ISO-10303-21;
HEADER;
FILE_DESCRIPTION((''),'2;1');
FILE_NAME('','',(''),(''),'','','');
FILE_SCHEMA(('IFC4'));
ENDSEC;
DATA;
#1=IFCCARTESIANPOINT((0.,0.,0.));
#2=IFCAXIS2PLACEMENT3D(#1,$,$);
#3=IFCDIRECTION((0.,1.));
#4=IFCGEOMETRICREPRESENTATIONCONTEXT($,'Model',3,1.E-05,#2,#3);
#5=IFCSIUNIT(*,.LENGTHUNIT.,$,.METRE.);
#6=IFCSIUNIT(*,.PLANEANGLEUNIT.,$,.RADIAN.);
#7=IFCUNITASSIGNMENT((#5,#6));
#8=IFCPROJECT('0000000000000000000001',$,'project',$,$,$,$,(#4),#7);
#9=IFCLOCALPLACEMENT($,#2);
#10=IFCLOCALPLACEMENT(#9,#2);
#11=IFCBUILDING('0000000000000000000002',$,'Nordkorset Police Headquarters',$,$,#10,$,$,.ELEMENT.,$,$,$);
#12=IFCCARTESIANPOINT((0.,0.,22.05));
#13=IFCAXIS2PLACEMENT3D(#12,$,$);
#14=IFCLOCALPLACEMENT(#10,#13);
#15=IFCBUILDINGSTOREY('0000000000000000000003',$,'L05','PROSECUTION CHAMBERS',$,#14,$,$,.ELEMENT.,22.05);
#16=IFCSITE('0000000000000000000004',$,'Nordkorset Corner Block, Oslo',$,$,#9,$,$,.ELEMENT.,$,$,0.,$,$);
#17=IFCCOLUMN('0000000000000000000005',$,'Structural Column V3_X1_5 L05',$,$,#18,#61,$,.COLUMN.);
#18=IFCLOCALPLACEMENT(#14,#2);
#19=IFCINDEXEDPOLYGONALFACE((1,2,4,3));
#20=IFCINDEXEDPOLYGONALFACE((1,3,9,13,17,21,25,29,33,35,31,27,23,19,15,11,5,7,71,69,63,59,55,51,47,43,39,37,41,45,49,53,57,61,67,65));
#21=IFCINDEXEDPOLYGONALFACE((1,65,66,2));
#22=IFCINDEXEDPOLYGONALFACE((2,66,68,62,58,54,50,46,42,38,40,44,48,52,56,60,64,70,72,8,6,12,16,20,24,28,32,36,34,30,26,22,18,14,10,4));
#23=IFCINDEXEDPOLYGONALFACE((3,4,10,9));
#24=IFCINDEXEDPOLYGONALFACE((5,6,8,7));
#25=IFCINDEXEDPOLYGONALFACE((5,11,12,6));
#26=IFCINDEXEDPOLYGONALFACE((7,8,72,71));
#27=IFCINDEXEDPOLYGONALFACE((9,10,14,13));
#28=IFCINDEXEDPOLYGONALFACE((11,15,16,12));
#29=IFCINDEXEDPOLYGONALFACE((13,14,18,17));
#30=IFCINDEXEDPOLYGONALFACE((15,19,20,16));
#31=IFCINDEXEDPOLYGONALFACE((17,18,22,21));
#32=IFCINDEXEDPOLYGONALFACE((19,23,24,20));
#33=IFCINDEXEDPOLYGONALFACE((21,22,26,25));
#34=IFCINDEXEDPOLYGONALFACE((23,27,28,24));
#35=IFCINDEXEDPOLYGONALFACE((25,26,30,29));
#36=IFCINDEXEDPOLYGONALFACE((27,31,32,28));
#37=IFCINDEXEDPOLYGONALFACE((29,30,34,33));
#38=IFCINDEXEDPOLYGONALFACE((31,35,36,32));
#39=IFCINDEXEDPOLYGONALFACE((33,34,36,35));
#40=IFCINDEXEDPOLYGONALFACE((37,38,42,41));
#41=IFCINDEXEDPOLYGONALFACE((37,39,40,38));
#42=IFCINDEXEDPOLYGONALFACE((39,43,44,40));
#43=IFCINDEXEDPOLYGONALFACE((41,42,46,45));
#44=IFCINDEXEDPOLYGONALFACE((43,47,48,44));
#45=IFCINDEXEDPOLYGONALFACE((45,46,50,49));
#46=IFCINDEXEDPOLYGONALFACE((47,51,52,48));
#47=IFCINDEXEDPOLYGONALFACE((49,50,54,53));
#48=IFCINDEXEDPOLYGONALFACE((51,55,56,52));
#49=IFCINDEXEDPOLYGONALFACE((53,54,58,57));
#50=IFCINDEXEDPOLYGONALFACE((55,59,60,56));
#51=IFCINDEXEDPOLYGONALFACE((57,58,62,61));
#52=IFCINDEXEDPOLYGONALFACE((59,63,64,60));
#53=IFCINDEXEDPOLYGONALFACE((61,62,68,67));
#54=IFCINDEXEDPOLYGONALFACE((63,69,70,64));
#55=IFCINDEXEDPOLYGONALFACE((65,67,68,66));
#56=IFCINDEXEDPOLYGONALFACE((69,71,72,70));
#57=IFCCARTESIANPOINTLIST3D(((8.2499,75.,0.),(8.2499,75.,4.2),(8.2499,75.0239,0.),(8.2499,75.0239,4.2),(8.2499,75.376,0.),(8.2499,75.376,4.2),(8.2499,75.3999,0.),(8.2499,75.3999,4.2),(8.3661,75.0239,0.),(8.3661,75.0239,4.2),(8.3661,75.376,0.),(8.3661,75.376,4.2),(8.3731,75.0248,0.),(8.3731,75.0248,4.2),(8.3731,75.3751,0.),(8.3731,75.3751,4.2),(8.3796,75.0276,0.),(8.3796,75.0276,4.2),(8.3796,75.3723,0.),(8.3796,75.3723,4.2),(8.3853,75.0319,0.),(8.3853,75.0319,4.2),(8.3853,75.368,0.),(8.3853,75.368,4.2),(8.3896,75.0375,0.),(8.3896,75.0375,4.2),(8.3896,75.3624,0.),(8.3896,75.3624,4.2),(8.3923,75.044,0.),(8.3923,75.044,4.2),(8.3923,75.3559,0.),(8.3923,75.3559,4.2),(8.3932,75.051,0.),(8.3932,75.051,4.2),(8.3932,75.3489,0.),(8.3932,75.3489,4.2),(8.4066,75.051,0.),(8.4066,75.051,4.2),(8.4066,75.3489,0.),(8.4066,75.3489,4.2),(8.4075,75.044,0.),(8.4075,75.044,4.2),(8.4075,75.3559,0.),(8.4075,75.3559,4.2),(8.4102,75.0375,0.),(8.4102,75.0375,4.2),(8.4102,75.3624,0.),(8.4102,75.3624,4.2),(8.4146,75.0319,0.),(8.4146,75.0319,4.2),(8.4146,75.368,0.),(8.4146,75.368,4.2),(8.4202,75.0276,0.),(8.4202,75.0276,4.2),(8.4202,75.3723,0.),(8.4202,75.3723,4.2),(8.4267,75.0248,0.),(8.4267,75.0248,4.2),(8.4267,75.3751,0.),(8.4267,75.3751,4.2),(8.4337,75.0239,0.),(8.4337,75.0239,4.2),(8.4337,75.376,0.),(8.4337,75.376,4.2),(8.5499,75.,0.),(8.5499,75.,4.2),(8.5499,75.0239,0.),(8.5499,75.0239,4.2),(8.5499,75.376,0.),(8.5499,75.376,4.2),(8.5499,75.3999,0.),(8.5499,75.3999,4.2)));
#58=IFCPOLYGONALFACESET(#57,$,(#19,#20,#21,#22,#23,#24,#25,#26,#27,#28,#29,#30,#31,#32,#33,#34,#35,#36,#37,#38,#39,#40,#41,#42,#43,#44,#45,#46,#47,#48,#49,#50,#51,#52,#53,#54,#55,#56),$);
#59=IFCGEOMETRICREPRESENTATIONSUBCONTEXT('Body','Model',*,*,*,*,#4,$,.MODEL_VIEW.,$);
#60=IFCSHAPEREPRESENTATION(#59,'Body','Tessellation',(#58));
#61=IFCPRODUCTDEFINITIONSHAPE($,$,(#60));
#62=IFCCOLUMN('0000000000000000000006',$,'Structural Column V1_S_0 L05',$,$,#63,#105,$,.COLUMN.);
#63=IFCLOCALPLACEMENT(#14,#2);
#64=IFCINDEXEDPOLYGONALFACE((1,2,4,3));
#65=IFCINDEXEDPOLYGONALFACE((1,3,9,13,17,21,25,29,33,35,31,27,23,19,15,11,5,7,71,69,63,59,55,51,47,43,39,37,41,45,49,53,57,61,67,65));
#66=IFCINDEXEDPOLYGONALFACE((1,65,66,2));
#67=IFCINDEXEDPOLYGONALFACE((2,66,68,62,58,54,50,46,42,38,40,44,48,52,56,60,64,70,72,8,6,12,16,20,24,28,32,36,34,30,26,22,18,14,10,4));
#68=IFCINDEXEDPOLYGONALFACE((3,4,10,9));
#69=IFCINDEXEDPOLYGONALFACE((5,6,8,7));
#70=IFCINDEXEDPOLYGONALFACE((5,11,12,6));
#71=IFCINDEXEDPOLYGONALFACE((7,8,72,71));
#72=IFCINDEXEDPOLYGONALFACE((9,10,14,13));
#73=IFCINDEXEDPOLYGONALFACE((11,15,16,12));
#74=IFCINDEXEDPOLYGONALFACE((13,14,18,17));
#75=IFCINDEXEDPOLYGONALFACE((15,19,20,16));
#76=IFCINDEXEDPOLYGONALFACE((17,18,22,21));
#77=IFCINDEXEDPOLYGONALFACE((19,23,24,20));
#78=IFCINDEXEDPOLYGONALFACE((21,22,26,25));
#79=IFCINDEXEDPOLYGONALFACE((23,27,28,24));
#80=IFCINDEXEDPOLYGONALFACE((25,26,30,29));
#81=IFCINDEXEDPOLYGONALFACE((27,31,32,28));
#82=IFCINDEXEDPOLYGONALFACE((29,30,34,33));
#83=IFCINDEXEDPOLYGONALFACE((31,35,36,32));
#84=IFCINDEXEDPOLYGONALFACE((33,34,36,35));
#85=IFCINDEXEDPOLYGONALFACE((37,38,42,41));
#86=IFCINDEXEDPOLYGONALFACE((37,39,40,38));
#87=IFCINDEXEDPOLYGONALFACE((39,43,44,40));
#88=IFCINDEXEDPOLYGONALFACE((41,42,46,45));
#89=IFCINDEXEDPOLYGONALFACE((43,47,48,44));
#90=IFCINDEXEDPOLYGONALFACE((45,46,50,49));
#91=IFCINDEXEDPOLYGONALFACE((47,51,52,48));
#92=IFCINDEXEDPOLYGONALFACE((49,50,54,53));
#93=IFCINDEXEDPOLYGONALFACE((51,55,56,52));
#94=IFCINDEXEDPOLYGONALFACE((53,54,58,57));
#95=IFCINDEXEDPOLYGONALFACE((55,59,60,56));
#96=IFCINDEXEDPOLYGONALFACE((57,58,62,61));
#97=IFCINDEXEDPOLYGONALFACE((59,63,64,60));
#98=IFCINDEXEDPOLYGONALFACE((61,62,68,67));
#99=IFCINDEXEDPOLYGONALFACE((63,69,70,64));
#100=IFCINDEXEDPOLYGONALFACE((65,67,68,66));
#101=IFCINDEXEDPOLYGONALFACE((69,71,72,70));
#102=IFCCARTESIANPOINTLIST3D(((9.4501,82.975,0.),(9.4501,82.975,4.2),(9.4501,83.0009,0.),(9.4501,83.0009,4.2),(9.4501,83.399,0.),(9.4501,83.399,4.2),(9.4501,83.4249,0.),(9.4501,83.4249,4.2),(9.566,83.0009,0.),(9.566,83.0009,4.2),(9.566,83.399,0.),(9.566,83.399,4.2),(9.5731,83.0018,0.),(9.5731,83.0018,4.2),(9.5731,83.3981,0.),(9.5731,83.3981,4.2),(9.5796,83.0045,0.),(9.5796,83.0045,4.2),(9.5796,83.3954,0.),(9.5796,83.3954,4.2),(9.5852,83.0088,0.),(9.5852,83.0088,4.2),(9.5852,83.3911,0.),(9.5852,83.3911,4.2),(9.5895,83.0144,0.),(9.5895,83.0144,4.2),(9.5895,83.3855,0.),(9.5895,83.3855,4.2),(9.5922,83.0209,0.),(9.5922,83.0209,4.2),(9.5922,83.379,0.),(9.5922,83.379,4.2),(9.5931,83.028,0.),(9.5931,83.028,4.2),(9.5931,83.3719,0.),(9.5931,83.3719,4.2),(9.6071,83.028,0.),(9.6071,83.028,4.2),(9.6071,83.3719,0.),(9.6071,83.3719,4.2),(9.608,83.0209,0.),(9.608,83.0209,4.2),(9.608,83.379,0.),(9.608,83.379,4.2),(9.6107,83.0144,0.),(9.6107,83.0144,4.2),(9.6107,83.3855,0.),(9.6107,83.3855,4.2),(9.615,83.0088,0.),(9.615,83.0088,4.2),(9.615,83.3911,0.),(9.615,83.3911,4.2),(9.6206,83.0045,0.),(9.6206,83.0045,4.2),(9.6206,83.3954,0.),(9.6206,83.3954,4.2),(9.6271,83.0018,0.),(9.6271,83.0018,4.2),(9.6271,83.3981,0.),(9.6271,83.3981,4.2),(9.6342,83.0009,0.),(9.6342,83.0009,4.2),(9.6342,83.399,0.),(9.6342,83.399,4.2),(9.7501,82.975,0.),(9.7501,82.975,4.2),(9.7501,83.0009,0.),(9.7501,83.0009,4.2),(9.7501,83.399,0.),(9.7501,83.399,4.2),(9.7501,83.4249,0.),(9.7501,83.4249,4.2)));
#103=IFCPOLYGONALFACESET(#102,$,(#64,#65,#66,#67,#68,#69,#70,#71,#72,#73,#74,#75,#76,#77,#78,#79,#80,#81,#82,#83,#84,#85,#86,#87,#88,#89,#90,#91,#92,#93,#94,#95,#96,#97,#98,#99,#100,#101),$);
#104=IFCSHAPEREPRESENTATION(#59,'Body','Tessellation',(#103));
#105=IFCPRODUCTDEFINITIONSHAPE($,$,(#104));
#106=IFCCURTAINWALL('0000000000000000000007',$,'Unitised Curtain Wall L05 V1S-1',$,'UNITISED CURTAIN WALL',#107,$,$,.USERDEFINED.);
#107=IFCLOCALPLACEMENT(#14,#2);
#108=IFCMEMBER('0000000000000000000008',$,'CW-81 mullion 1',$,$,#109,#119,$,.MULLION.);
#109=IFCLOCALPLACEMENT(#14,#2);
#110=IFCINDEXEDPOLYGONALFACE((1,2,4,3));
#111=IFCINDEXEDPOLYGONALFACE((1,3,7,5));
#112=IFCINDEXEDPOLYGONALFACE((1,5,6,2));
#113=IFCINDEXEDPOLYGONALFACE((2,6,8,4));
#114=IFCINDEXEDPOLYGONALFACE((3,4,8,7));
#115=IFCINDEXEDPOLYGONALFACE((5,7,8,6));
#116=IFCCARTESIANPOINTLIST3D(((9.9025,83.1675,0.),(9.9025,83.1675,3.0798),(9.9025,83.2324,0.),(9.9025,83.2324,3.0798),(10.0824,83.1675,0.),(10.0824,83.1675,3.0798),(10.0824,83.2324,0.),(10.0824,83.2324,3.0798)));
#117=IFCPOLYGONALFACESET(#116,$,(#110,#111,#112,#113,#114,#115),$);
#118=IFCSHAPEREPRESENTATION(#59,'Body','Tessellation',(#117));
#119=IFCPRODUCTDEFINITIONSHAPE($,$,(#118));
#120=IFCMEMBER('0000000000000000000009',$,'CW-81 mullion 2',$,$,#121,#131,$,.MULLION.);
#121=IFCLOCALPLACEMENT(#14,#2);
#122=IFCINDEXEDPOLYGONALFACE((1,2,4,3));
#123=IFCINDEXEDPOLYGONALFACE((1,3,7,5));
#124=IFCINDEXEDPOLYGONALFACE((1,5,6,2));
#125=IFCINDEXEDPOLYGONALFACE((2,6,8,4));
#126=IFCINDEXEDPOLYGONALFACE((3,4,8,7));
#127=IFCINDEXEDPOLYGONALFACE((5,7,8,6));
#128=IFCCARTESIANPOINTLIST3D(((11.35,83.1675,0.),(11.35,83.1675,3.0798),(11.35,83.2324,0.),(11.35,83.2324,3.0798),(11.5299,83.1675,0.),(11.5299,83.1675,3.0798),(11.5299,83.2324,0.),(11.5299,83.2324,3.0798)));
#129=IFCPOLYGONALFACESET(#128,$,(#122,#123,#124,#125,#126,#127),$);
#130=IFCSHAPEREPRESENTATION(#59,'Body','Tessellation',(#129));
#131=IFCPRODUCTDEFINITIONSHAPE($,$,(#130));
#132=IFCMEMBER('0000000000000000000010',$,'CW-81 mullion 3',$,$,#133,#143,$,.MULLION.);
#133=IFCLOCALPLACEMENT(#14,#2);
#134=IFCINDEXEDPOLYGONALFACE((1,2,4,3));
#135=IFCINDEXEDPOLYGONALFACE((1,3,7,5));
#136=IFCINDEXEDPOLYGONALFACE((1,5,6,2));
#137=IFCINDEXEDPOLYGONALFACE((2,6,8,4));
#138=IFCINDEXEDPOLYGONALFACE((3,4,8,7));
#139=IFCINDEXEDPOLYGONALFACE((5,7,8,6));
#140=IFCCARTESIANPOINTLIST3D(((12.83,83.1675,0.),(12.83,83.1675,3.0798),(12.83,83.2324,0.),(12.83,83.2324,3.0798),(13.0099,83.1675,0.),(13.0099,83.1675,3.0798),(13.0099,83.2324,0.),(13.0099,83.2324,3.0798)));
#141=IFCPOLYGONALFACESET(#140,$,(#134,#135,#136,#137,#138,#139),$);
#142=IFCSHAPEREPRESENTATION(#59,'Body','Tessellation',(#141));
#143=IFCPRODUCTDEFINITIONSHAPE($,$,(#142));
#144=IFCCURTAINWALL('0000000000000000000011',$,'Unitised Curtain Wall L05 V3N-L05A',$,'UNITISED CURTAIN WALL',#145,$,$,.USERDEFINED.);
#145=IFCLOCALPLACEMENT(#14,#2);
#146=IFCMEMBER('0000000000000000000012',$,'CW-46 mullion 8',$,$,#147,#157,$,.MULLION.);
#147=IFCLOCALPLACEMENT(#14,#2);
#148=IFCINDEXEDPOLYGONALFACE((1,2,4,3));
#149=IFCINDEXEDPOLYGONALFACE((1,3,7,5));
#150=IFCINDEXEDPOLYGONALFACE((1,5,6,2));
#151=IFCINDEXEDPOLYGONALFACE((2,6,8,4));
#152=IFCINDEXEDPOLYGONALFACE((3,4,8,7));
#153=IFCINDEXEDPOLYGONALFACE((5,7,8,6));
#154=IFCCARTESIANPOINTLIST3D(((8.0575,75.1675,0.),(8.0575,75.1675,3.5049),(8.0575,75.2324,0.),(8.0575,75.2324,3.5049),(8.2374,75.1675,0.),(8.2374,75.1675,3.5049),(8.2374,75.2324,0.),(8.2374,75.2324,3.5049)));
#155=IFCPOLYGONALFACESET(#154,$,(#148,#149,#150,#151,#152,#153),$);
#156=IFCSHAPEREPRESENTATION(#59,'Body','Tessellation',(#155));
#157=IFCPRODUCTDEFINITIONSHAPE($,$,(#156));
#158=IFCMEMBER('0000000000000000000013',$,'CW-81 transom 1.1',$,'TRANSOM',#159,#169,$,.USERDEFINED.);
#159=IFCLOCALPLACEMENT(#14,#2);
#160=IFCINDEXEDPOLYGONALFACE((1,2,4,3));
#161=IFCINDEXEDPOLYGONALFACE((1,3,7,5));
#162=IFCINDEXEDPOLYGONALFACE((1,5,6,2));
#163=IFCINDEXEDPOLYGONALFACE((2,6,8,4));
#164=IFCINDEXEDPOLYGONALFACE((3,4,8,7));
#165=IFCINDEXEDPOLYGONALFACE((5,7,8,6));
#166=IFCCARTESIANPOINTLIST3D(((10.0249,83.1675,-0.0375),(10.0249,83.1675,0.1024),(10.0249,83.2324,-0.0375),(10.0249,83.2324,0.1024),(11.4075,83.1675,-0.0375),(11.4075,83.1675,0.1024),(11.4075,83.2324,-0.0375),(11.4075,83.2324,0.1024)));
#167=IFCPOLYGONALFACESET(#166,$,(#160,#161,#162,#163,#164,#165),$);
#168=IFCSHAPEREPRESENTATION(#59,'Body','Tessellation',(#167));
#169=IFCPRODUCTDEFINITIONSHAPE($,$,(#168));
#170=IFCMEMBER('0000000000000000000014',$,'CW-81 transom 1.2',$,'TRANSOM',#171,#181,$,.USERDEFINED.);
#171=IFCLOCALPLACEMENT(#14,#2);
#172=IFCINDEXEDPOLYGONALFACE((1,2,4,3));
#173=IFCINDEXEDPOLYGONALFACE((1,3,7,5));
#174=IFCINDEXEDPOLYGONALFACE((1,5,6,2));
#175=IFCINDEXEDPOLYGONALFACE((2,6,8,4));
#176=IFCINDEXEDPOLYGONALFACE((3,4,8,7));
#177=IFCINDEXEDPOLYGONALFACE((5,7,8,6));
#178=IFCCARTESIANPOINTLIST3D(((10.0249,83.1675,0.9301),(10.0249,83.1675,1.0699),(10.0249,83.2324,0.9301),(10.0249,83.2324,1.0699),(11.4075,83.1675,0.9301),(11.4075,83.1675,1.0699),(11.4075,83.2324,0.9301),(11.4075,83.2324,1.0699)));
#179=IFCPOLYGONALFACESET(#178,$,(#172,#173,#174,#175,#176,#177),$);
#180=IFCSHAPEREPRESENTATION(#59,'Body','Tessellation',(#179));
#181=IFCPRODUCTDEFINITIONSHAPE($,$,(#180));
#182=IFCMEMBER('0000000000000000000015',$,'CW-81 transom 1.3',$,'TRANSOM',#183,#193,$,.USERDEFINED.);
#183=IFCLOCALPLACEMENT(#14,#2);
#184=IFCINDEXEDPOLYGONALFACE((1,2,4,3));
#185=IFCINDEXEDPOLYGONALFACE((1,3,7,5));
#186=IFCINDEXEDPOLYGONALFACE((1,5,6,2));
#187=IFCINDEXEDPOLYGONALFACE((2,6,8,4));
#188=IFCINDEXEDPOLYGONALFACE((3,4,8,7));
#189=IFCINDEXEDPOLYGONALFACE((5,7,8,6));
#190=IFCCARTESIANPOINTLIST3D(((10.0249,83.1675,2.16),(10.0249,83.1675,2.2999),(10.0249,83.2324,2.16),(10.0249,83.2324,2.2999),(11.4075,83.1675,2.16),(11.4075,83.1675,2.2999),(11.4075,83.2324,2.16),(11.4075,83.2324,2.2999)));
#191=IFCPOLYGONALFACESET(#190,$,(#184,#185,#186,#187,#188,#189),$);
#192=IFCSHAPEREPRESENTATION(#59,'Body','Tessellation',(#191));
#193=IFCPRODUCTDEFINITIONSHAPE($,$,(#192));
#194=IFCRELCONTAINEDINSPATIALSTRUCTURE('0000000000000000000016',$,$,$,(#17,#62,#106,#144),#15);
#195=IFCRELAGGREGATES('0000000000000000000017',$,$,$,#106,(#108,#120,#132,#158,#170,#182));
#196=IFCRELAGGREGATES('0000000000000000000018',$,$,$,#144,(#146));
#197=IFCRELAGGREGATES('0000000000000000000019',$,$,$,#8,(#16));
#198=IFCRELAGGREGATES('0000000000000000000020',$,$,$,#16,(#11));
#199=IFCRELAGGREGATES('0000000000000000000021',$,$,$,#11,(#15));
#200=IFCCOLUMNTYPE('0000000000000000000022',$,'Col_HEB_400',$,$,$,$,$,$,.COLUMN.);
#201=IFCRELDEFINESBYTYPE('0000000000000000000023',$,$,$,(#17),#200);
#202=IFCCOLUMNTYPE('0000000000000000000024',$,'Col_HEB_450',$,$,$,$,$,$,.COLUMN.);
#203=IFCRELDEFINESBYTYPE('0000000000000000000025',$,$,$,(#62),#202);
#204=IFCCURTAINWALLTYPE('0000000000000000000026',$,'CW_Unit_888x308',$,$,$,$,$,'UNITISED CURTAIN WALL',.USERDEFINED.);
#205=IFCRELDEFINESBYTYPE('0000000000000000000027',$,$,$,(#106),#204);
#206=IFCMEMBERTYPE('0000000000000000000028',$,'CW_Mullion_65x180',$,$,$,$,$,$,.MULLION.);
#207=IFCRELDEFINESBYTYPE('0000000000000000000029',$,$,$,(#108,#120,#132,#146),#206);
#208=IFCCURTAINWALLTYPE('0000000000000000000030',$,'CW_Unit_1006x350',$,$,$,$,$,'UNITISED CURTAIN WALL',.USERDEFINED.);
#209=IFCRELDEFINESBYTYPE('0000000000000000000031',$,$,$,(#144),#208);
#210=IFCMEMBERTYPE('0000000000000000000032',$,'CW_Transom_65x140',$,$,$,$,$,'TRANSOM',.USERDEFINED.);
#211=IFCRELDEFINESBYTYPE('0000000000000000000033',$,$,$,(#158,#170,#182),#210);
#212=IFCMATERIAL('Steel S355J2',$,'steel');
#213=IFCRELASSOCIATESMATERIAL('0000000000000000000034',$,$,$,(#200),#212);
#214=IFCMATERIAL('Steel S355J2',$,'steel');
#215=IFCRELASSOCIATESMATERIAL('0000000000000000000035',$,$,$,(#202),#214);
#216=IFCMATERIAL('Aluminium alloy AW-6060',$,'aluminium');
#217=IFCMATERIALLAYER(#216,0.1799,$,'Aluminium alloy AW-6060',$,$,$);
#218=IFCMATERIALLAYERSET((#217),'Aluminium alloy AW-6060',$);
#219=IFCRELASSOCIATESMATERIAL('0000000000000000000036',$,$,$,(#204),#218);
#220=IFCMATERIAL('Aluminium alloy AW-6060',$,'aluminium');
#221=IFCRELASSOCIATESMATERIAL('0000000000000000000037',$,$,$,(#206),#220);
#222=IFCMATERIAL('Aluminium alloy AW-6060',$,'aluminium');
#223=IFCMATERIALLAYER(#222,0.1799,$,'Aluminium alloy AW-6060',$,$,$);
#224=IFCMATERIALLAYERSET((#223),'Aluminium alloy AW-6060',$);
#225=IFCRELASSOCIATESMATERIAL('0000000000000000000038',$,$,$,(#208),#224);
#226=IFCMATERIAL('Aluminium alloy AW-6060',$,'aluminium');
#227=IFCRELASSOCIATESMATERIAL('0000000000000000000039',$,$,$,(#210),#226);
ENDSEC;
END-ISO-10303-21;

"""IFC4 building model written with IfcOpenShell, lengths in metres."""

from ifc_helpers import new_model, si_unit, direction, frame, origin, origin_2d, place, context, subcontext, project, spatial, rectangle, i_section, extrude, material, layer, layer_set, material_profile, profile_set, type_object, element, aggregate, save


model = new_model("IFC4")

# Units and contexts
model_context = context("Model", 3, precision=1e-05, world=origin(), true_north=direction((0.0, 1.0)))
body_context = subcontext(model_context, "Body", "Model", "MODEL_VIEW")
ifc_project = project(units=[si_unit("LENGTHUNIT", "METRE"), si_unit("PLANEANGLEUNIT", "RADIAN")], contexts=[model_context])

# Site, building, storey
site_placement = place(None, origin())
site = spatial("IfcSite", under=ifc_project, at=site_placement, Name="Nordkorset Corner Block, Oslo", CompositionType="ELEMENT", RefElevation=0.0)
building_placement = place(site_placement, origin())
building = spatial("IfcBuilding", under=site, at=building_placement, Name="Nordkorset Police Headquarters", CompositionType="ELEMENT")
storey_placement = place(building_placement, frame((0.0, 0.0, 22.05)))
storey = spatial("IfcBuildingStorey", under=building, at=storey_placement, Name="L05", Description="PROSECUTION CHAMBERS", CompositionType="ELEMENT", Elevation=22.05)

# Columns
ifc_material_1 = material(Name="Steel S355J2", Category="steel")
ifc_material_profile_1 = material_profile(ifc_material_1, i_section(OverallWidth=0.3, OverallDepth=0.3999, WebThickness=0.0134, FlangeThickness=0.0239, FilletRadius=0.0271, at=origin_2d()), Name="HEB 400")
ifc_profile_set_1 = profile_set([ifc_material_profile_1], Name="Steel S355J2")
column_type_1 = type_object("IfcColumnType", Name="Col_HEB_400", PredefinedType="COLUMN", material=ifc_profile_set_1)
column_1_placement = place(storey_placement, frame((8.3999, 75.2, 0.0), z_axis=(0.0, 0.0, 1.0), x_axis=(1.0, 0.0, 0.0)))
element("IfcColumn", 1, at=column_1_placement, inside=storey, type_object=column_type_1, Name="Structural Column V3_X1_5 L05", PredefinedType="COLUMN", context=body_context, shape_type="SweptSolid", body=[
    extrude(i_section(OverallWidth=0.3, OverallDepth=0.3999, WebThickness=0.0134, FlangeThickness=0.0239, FilletRadius=0.0271, at=origin_2d()), origin(), (0.0, 0.0, 1.0), 4.2),
])
ifc_material_2 = material(Name="Steel S355J2", Category="steel")
ifc_material_profile_2 = material_profile(ifc_material_2, i_section(OverallWidth=0.3, OverallDepth=0.45, WebThickness=0.0139, FlangeThickness=0.0259, FilletRadius=0.0271, at=origin_2d()), Name="HEB 450")
ifc_profile_set_2 = profile_set([ifc_material_profile_2], Name="Steel S355J2")
column_type_2 = type_object("IfcColumnType", Name="Col_HEB_450", PredefinedType="COLUMN", material=ifc_profile_set_2)
column_2_placement = place(storey_placement, frame((9.6001, 83.2, 0.0), z_axis=(0.0, 0.0, 1.0), x_axis=(1.0, 0.0, 0.0)))
element("IfcColumn", 2, at=column_2_placement, inside=storey, type_object=column_type_2, Name="Structural Column V1_S_0 L05", PredefinedType="COLUMN", context=body_context, shape_type="SweptSolid", body=[
    extrude(i_section(OverallWidth=0.3, OverallDepth=0.45, WebThickness=0.0139, FlangeThickness=0.0259, FilletRadius=0.0271, at=origin_2d()), origin(), (0.0, 0.0, 1.0), 4.2),
])

# Curtain wall, members
ifc_material_3 = material(Name="Aluminium alloy AW-6060", Category="aluminium")
ifc_layer_1 = layer(ifc_material_3, 0.1799, Name="Aluminium alloy AW-6060")
ifc_layer_set_1 = layer_set([ifc_layer_1], Name="Aluminium alloy AW-6060")
curtain_wall_type_1 = type_object("IfcCurtainWallType", Name="CW_Unit_888x308", ElementType="UNITISED CURTAIN WALL", PredefinedType="USERDEFINED", material=ifc_layer_set_1)
curtain_wall_1_placement = place(storey_placement, origin())
curtain_wall_1 = element("IfcCurtainWall", 3, at=curtain_wall_1_placement, inside=storey, type_object=curtain_wall_type_1, Name="Unitised Curtain Wall L05 V1S-1", ObjectType="UNITISED CURTAIN WALL", PredefinedType="USERDEFINED")
ifc_material_4 = material(Name="Aluminium alloy AW-6060", Category="aluminium")
ifc_material_profile_3 = material_profile(ifc_material_4, rectangle(XDim=0.0649, YDim=0.1799, at=origin_2d()), Name="ALU MULL 65x180")
ifc_profile_set_3 = profile_set([ifc_material_profile_3], Name="Aluminium alloy AW-6060")
member_type_1 = type_object("IfcMemberType", Name="CW_Mullion_65x180", PredefinedType="MULLION", material=ifc_profile_set_3)
member_1_placement = place(storey_placement, frame((9.9924, 83.2, 0.0), z_axis=(0.0, 0.0, 1.0), x_axis=(0.0, 1.0, 0.0)))
member_1 = element("IfcMember", 4, at=member_1_placement, type_object=member_type_1, Name="CW-81 mullion 1", PredefinedType="MULLION", context=body_context, shape_type="SweptSolid", body=[
    extrude(rectangle(XDim=0.0649, YDim=0.1799, at=origin_2d()), origin(), (0.0, 0.0, 1.0), 3.0798),
])
member_2_placement = place(storey_placement, frame((11.4399, 83.2, 0.0), z_axis=(0.0, 0.0, 1.0), x_axis=(0.0, 1.0, 0.0)))
member_2 = element("IfcMember", 5, at=member_2_placement, type_object=member_type_1, Name="CW-81 mullion 2", PredefinedType="MULLION", context=body_context, shape_type="SweptSolid", body=[
    extrude(rectangle(XDim=0.0649, YDim=0.1799, at=origin_2d()), origin(), (0.0, 0.0, 1.0), 3.0798),
])
member_3_placement = place(storey_placement, frame((12.9199, 83.2, 0.0), z_axis=(0.0, 0.0, 1.0), x_axis=(0.0, 1.0, 0.0)))
member_3 = element("IfcMember", 6, at=member_3_placement, type_object=member_type_1, Name="CW-81 mullion 3", PredefinedType="MULLION", context=body_context, shape_type="SweptSolid", body=[
    extrude(rectangle(XDim=0.0649, YDim=0.1799, at=origin_2d()), origin(), (0.0, 0.0, 1.0), 3.0798),
])

# Curtain wall, member
ifc_material_5 = material(Name="Aluminium alloy AW-6060", Category="aluminium")
ifc_layer_2 = layer(ifc_material_5, 0.1799, Name="Aluminium alloy AW-6060")
ifc_layer_set_2 = layer_set([ifc_layer_2], Name="Aluminium alloy AW-6060")
curtain_wall_type_2 = type_object("IfcCurtainWallType", Name="CW_Unit_1006x350", ElementType="UNITISED CURTAIN WALL", PredefinedType="USERDEFINED", material=ifc_layer_set_2)
curtain_wall_2_placement = place(storey_placement, origin())
curtain_wall_2 = element("IfcCurtainWall", 7, at=curtain_wall_2_placement, inside=storey, type_object=curtain_wall_type_2, Name="Unitised Curtain Wall L05 V3N-L05A", ObjectType="UNITISED CURTAIN WALL", PredefinedType="USERDEFINED")
member_4_placement = place(storey_placement, frame((8.1475, 75.2, 0.0), z_axis=(0.0, 0.0, 1.0), x_axis=(0.0, 1.0, 0.0)))
member_4 = element("IfcMember", 8, at=member_4_placement, type_object=member_type_1, Name="CW-46 mullion 8", PredefinedType="MULLION", context=body_context, shape_type="SweptSolid", body=[
    extrude(rectangle(XDim=0.0649, YDim=0.1799, at=origin_2d()), origin(), (0.0, 0.0, 1.0), 3.5049),
])

# Members
ifc_material_6 = material(Name="Aluminium alloy AW-6060", Category="aluminium")
ifc_material_profile_4 = material_profile(ifc_material_6, rectangle(XDim=0.0649, YDim=0.1399, at=origin_2d()), Name="ALU TRAN 65x140")
ifc_profile_set_4 = profile_set([ifc_material_profile_4], Name="Aluminium alloy AW-6060")
member_type_2 = type_object("IfcMemberType", Name="CW_Transom_65x140", ElementType="TRANSOM", PredefinedType="USERDEFINED", material=ifc_profile_set_4)
member_5_placement = place(storey_placement, frame((10.0249, 83.2, 0.0325), z_axis=(1.0, 0.0, 0.0), x_axis=(0.0, 1.0, 0.0)))
member_5 = element("IfcMember", 9, at=member_5_placement, type_object=member_type_2, Name="CW-81 transom 1.1", ObjectType="TRANSOM", PredefinedType="USERDEFINED", context=body_context, shape_type="SweptSolid", body=[
    extrude(rectangle(XDim=0.0649, YDim=0.1399, at=origin_2d()), origin(), (0.0, 0.0, 1.0), 1.3826),
])
member_6_placement = place(storey_placement, frame((10.0249, 83.2, 1.0), z_axis=(1.0, 0.0, 0.0), x_axis=(0.0, 1.0, 0.0)))
member_6 = element("IfcMember", 10, at=member_6_placement, type_object=member_type_2, Name="CW-81 transom 1.2", ObjectType="TRANSOM", PredefinedType="USERDEFINED", context=body_context, shape_type="SweptSolid", body=[
    extrude(rectangle(XDim=0.0649, YDim=0.1399, at=origin_2d()), origin(), (0.0, 0.0, 1.0), 1.3826),
])
member_7_placement = place(storey_placement, frame((10.0249, 83.2, 2.23), z_axis=(1.0, 0.0, 0.0), x_axis=(0.0, 1.0, 0.0)))
member_7 = element("IfcMember", 11, at=member_7_placement, type_object=member_type_2, Name="CW-81 transom 1.3", ObjectType="TRANSOM", PredefinedType="USERDEFINED", context=body_context, shape_type="SweptSolid", body=[
    extrude(rectangle(XDim=0.0649, YDim=0.1399, at=origin_2d()), origin(), (0.0, 0.0, 1.0), 1.3826),
])

aggregate(curtain_wall_1, [member_1, member_2, member_3, member_5, member_6, member_7])
aggregate(curtain_wall_2, [member_4])

save(model, "model.ifc")
